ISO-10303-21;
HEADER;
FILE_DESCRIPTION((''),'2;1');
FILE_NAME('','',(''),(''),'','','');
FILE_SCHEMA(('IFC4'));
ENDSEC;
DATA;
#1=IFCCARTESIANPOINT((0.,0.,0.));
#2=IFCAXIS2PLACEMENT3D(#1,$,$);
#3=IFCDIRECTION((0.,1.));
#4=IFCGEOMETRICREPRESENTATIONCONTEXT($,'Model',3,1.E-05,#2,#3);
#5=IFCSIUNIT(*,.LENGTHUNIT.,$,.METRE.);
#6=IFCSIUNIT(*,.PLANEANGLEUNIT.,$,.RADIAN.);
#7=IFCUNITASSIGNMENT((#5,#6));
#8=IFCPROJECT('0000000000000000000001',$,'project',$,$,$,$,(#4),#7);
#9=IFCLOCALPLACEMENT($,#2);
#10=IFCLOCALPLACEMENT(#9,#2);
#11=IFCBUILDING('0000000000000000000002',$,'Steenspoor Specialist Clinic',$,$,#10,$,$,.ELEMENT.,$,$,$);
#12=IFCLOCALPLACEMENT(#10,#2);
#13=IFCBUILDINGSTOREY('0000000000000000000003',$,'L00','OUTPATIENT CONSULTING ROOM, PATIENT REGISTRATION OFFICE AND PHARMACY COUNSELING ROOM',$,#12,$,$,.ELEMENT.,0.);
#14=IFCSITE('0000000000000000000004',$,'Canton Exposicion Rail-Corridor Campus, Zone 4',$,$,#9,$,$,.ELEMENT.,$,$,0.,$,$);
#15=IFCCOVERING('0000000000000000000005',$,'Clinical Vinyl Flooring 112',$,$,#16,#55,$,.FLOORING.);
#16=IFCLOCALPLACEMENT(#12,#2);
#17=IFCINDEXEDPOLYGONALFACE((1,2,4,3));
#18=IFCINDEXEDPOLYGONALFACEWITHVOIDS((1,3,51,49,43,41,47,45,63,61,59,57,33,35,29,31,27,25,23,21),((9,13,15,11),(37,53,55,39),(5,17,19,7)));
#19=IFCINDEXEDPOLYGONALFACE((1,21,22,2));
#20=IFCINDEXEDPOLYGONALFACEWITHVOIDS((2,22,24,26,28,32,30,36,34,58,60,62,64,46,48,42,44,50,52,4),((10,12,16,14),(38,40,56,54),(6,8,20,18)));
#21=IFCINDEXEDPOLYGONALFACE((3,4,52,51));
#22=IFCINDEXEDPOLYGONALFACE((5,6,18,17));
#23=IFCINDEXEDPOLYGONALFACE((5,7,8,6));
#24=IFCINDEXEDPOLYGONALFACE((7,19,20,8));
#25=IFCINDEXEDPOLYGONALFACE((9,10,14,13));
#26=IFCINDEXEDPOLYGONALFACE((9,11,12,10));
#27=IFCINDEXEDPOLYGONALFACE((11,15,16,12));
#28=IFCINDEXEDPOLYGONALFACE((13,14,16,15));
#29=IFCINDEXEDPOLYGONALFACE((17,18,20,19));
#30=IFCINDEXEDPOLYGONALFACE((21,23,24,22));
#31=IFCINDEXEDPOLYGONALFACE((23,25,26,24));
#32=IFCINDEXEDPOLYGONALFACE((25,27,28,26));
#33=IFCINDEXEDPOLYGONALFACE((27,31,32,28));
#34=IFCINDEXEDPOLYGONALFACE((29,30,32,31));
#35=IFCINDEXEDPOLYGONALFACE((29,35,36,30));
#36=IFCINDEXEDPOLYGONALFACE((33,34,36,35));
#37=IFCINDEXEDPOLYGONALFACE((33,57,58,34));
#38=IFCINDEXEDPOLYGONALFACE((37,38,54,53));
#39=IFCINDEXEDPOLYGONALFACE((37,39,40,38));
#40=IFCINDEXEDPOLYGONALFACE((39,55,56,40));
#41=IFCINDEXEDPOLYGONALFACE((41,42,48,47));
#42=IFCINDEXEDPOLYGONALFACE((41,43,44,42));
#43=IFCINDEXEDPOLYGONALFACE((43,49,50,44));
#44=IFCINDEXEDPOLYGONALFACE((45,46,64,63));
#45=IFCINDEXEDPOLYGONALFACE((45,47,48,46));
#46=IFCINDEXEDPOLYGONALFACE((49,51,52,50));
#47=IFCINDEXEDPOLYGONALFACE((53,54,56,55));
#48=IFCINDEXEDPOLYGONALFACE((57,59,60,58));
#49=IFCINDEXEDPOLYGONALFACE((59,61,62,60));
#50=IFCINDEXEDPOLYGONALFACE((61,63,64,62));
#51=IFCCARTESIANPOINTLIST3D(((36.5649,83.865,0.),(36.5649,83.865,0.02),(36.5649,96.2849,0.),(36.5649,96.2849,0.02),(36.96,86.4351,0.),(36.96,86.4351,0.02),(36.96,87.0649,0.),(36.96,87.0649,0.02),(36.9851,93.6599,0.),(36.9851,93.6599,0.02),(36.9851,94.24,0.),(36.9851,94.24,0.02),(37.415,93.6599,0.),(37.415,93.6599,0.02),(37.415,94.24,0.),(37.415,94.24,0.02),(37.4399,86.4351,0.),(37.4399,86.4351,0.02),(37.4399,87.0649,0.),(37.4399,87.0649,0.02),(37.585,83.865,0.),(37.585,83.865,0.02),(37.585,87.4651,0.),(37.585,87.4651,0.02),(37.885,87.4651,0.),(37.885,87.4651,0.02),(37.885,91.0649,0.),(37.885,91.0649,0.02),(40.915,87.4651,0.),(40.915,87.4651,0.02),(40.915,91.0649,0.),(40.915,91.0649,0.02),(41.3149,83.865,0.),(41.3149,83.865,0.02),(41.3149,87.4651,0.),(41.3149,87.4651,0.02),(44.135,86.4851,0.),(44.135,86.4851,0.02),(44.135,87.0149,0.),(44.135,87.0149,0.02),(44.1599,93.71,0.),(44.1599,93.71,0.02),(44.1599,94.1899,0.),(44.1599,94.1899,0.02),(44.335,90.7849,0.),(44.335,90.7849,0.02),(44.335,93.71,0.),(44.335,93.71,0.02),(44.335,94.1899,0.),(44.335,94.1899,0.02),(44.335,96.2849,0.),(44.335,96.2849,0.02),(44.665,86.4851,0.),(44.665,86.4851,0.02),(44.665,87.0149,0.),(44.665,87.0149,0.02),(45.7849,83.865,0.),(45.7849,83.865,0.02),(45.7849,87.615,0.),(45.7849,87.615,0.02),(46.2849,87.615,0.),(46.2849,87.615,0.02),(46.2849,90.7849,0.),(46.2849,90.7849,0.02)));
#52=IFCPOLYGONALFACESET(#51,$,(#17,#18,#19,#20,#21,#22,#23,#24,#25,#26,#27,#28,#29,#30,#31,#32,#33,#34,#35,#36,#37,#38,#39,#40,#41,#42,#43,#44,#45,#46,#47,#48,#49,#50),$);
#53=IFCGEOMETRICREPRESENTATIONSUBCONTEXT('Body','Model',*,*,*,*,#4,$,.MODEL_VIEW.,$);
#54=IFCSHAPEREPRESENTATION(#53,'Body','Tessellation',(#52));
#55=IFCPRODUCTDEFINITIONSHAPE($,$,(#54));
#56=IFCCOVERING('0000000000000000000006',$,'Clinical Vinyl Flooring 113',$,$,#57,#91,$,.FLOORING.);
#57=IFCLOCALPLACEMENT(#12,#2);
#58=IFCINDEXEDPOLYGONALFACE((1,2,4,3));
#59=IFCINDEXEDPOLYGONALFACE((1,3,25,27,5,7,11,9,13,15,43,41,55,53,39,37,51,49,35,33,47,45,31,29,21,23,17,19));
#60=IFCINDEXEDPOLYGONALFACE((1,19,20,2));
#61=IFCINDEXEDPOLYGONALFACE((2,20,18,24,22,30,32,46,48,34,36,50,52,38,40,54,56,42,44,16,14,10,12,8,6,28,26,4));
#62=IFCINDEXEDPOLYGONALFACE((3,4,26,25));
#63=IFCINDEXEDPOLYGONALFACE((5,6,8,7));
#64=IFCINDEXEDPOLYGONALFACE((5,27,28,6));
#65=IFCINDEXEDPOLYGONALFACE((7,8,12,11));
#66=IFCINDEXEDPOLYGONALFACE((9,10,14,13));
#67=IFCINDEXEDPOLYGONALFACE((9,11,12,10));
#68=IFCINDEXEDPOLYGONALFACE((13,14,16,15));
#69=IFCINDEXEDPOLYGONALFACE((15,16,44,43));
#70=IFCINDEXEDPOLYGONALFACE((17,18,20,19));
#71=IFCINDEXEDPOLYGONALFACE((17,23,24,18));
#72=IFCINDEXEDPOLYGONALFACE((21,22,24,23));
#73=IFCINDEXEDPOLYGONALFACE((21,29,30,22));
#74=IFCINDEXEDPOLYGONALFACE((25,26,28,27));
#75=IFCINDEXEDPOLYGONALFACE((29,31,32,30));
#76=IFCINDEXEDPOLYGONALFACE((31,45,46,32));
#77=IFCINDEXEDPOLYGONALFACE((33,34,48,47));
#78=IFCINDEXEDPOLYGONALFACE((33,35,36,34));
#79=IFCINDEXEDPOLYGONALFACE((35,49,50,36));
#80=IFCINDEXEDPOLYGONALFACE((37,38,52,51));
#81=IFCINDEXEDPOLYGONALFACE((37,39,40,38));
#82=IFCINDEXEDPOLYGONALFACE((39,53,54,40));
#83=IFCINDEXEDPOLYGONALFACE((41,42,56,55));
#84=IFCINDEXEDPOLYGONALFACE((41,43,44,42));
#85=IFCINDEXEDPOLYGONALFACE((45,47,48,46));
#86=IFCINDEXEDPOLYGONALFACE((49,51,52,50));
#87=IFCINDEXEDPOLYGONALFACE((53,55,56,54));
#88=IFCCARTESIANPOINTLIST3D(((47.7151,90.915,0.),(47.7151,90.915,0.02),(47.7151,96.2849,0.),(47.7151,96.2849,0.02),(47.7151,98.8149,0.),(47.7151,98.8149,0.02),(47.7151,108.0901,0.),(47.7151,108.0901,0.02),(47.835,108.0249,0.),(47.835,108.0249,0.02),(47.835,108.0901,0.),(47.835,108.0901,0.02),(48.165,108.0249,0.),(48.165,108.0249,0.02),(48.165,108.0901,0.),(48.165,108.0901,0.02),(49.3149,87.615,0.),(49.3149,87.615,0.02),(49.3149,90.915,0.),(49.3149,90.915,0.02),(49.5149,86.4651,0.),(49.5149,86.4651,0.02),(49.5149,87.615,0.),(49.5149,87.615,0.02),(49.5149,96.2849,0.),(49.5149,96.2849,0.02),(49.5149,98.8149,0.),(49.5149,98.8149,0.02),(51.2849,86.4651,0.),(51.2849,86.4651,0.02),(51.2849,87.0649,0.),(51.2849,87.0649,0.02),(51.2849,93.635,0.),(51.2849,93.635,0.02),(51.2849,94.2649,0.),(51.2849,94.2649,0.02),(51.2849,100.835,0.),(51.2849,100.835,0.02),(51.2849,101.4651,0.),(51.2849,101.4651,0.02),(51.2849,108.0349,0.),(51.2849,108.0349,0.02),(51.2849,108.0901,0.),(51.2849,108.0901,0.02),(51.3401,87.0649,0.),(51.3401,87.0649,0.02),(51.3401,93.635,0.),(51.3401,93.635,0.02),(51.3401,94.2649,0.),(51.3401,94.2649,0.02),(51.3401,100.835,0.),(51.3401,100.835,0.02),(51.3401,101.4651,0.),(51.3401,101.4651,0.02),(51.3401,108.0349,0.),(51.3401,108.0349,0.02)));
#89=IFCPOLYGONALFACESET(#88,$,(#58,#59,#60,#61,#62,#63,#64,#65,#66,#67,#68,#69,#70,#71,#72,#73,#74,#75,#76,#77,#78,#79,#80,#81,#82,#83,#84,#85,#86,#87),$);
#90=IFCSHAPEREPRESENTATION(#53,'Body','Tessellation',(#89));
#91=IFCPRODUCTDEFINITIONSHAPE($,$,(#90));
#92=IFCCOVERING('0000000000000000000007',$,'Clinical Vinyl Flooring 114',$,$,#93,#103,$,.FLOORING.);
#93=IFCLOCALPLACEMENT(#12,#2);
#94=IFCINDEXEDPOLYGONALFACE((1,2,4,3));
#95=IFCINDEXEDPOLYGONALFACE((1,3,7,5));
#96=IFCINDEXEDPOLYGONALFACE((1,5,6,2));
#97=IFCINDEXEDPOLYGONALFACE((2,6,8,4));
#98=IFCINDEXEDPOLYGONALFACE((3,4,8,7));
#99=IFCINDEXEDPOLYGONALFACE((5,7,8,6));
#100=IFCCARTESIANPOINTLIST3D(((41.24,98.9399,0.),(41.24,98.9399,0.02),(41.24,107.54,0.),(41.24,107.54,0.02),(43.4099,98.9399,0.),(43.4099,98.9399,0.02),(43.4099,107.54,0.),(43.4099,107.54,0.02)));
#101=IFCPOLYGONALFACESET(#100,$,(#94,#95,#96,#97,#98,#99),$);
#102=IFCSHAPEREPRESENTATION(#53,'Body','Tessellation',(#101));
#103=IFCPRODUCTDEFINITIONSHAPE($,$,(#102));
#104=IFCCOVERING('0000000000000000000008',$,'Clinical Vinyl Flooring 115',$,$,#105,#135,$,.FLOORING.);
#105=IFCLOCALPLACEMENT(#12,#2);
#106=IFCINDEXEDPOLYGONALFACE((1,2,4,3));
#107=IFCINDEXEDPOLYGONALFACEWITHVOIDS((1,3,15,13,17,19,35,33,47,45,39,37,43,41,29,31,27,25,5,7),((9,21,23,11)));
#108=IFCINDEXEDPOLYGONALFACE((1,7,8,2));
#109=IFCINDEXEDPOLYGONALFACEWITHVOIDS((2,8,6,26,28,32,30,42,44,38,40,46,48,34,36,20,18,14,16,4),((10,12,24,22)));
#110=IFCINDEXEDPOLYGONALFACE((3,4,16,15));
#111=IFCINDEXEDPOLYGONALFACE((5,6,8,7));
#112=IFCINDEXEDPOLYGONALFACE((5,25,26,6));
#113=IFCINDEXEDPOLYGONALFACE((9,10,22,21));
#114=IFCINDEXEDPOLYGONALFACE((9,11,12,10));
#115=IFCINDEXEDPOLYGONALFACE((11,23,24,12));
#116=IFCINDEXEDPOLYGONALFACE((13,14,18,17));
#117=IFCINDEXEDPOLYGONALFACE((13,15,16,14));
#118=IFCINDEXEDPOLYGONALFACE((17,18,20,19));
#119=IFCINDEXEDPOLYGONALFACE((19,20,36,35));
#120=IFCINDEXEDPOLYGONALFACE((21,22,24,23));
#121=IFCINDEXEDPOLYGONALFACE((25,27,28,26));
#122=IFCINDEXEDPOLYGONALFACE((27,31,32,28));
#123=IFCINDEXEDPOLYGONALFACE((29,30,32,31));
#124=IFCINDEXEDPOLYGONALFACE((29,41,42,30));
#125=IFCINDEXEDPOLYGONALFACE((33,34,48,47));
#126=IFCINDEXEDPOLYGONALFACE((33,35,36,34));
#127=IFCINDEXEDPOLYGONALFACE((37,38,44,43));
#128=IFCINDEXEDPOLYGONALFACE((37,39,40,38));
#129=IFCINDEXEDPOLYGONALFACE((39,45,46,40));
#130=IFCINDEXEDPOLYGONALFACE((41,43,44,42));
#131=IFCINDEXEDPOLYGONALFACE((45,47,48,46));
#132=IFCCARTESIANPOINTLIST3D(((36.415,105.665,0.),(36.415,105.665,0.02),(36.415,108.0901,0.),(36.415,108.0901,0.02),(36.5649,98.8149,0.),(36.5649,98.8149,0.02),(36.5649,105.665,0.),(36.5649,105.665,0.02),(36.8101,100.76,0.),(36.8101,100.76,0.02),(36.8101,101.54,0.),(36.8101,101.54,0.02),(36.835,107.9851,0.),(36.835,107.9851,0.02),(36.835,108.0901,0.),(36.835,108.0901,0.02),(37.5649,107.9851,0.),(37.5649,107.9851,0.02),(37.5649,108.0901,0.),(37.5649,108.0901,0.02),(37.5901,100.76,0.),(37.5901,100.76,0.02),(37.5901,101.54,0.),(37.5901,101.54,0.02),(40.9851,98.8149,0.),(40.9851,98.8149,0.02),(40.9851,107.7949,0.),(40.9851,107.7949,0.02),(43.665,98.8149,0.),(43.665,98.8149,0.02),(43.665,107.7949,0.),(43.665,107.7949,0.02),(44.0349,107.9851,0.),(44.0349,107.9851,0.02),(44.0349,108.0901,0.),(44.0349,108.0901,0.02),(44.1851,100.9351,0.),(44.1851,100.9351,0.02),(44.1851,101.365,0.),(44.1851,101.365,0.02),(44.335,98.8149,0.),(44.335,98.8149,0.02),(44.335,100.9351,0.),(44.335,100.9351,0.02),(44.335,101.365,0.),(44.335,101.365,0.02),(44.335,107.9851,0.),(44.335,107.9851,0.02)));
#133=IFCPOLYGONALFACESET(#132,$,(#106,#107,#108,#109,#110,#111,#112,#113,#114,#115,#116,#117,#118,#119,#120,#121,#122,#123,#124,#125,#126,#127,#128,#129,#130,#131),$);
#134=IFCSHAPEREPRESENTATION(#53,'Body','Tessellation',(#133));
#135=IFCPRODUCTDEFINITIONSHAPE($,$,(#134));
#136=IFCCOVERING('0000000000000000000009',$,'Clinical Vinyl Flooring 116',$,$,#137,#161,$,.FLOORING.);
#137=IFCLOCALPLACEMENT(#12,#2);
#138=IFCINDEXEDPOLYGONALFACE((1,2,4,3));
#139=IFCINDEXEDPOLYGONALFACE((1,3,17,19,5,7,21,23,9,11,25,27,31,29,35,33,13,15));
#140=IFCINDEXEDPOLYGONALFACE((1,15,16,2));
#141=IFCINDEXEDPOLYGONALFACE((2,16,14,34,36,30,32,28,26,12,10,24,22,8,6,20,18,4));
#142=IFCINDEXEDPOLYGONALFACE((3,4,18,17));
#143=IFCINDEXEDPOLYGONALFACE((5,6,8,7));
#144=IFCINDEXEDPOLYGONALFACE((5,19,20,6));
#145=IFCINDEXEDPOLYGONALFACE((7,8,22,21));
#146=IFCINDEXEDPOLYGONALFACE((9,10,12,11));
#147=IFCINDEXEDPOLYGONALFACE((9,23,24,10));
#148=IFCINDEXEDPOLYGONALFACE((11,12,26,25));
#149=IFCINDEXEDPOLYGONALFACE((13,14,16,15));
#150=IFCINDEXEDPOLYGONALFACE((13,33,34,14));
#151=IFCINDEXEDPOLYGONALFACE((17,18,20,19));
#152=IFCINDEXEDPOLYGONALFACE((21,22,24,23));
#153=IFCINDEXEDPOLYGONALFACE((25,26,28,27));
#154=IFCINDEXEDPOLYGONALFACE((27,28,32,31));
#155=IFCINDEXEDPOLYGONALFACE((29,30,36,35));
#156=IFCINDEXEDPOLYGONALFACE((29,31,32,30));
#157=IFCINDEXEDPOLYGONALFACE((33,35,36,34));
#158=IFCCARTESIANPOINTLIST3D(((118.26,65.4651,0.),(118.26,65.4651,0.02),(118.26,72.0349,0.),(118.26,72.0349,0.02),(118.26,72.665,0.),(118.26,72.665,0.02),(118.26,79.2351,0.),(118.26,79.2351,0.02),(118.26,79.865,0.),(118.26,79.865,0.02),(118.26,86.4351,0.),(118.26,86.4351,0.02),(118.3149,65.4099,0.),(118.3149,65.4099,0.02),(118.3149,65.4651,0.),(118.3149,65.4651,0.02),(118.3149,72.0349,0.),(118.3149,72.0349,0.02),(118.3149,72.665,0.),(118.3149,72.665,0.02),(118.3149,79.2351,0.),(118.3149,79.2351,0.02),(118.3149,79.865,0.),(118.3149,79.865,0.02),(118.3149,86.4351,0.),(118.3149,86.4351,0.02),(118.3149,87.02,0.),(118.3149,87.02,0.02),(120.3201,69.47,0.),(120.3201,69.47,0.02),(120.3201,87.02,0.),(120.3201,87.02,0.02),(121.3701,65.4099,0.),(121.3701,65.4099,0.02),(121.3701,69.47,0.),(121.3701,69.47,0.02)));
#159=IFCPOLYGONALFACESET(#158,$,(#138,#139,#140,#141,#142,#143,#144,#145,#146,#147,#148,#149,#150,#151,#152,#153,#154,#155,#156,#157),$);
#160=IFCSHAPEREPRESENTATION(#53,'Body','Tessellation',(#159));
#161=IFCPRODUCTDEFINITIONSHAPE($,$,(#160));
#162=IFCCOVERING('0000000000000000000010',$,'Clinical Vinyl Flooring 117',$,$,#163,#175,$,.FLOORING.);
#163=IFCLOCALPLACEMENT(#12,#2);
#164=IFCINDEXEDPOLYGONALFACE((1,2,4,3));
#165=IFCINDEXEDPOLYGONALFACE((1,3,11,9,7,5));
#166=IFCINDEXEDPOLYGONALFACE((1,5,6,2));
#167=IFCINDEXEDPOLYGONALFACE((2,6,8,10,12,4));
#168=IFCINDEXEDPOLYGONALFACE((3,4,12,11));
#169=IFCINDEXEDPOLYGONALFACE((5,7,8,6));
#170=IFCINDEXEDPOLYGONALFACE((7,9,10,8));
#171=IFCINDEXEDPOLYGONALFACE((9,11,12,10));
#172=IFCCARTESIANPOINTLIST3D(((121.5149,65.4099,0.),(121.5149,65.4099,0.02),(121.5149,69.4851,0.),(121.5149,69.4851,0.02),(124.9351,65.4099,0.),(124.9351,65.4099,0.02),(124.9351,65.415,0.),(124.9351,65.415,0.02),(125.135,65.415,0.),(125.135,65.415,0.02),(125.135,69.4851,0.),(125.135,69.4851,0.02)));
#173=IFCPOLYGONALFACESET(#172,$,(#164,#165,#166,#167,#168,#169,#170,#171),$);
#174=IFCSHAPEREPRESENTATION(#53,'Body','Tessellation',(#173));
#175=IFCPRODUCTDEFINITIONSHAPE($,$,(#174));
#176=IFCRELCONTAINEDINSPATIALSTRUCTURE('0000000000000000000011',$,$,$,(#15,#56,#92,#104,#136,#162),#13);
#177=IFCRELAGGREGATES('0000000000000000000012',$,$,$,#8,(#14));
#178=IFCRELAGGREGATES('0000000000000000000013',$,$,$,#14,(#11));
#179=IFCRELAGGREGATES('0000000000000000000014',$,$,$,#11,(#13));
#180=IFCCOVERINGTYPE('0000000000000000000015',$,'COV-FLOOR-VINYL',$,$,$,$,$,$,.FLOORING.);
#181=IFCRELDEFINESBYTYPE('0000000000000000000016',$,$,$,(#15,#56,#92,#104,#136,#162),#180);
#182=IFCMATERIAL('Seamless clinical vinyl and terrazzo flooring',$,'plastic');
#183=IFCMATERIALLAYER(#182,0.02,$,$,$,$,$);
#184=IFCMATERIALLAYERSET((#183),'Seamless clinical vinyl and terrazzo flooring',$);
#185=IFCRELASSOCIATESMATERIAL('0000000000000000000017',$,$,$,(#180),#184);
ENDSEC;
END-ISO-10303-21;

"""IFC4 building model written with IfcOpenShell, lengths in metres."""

from ifc_helpers import new_model, si_unit, direction, origin, place, context, subcontext, project, spatial, polyline, outline, extrude, material, layer, layer_set, type_object, element, save


model = new_model("IFC4")

# Units and contexts
model_context = context("Model", 3, precision=1e-05, world=origin(), true_north=direction((0.0, 1.0)))
body_context = subcontext(model_context, "Body", "Model", "MODEL_VIEW")
ifc_project = project(units=[si_unit("LENGTHUNIT", "METRE"), si_unit("PLANEANGLEUNIT", "RADIAN")], contexts=[model_context])

# Site, building, storey
site_placement = place(None, origin())
site = spatial("IfcSite", under=ifc_project, at=site_placement, Name="Canton Exposicion Rail-Corridor Campus, Zone 4", CompositionType="ELEMENT", RefElevation=0.0)
building_placement = place(site_placement, origin())
building = spatial("IfcBuilding", under=site, at=building_placement, Name="Steenspoor Specialist Clinic", CompositionType="ELEMENT")
storey_placement = place(building_placement, origin())
storey = spatial("IfcBuildingStorey", under=building, at=storey_placement, Name="L00", Description="OUTPATIENT CONSULTING ROOM, PATIENT REGISTRATION OFFICE AND PHARMACY COUNSELING ROOM", CompositionType="ELEMENT", Elevation=0.0)

# Coverings
ifc_material_1 = material(Name="Seamless clinical vinyl and terrazzo flooring", Category="plastic")
ifc_layer_1 = layer(ifc_material_1, 0.02)
ifc_layer_set_1 = layer_set([ifc_layer_1], Name="Seamless clinical vinyl and terrazzo flooring")
covering_type_1 = type_object("IfcCoveringType", Name="COV-FLOOR-VINYL", PredefinedType="FLOORING", material=ifc_layer_set_1)
covering_1_placement = place(storey_placement, origin())
element("IfcCovering", 1, at=covering_1_placement, inside=storey, type_object=covering_type_1, Name="Clinical Vinyl Flooring 112", PredefinedType="FLOORING", context=body_context, shape_type="SweptSolid", body=[
    extrude(outline(polyline([(40.915, 87.4651), (40.915, 91.0649), (37.885, 91.0649), (37.885, 87.4651), (37.585, 87.4651), (37.585, 83.865), (36.5649, 83.865), (36.5649, 96.2849), (44.335, 96.2849), (44.335, 94.1899), (44.1599, 94.1899), (44.1599, 93.71), (44.335, 93.71), (44.335, 90.7849), (46.2849, 90.7849), (46.2849, 87.615), (45.7849, 87.615), (45.7849, 83.865), (41.3149, 83.865), (41.3149, 87.4651), (40.915, 87.4651)]), holes=[polyline([(37.4399, 87.0649), (36.96, 87.0649), (36.96, 86.4351), (37.4399, 86.4351), (37.4399, 87.0649)]), polyline([(44.665, 86.4851), (44.665, 87.0149), (44.135, 87.0149), (44.135, 86.4851), (44.665, 86.4851)]), polyline([(37.415, 94.24), (36.9851, 94.24), (36.9851, 93.6599), (37.415, 93.6599), (37.415, 94.24)])]), origin(), (0.0, 0.0, 1.0), 0.02),
])
covering_2_placement = place(storey_placement, origin())
element("IfcCovering", 2, at=covering_2_placement, inside=storey, type_object=covering_type_1, Name="Clinical Vinyl Flooring 113", PredefinedType="FLOORING", context=body_context, shape_type="SweptSolid", body=[
    extrude(outline(polyline([(47.7151, 90.915), (47.7151, 96.2849), (49.5149, 96.2849), (49.5149, 98.8149), (47.7151, 98.8149), (47.7151, 108.0901), (47.835, 108.0901), (47.835, 108.0249), (48.165, 108.0249), (48.165, 108.0901), (51.2849, 108.0901), (51.2849, 108.0349), (51.3401, 108.0349), (51.3401, 101.4651), (51.2849, 101.4651), (51.2849, 100.835), (51.3401, 100.835), (51.3401, 94.2649), (51.2849, 94.2649), (51.2849, 93.635), (51.3401, 93.635), (51.3401, 87.0649), (51.2849, 87.0649), (51.2849, 86.4651), (49.5149, 86.4651), (49.5149, 87.615), (49.3149, 87.615), (49.3149, 90.915), (47.7151, 90.915)])), origin(), (0.0, 0.0, 1.0), 0.02),
])
covering_3_placement = place(storey_placement, origin())
element("IfcCovering", 3, at=covering_3_placement, inside=storey, type_object=covering_type_1, Name="Clinical Vinyl Flooring 114", PredefinedType="FLOORING", context=body_context, shape_type="SweptSolid", body=[
    extrude(outline(polyline([(43.4099, 107.54), (43.4099, 98.9399), (41.24, 98.9399), (41.24, 107.54), (43.4099, 107.54)])), origin(), (0.0, 0.0, 1.0), 0.02),
])
covering_4_placement = place(storey_placement, origin())
element("IfcCovering", 4, at=covering_4_placement, inside=storey, type_object=covering_type_1, Name="Clinical Vinyl Flooring 115", PredefinedType="FLOORING", context=body_context, shape_type="SweptSolid", body=[
    extrude(outline(polyline([(43.665, 98.8149), (43.665, 107.7949), (40.9851, 107.7949), (40.9851, 98.8149), (36.5649, 98.8149), (36.5649, 105.665), (36.415, 105.665), (36.415, 108.0901), (36.835, 108.0901), (36.835, 107.9851), (37.5649, 107.9851), (37.5649, 108.0901), (44.0349, 108.0901), (44.0349, 107.9851), (44.335, 107.9851), (44.335, 101.365), (44.1851, 101.365), (44.1851, 100.9351), (44.335, 100.9351), (44.335, 98.8149), (43.665, 98.8149)]), holes=[polyline([(37.5901, 101.54), (36.8101, 101.54), (36.8101, 100.76), (37.5901, 100.76), (37.5901, 101.54)])]), origin(), (0.0, 0.0, 1.0), 0.02),
])
covering_5_placement = place(storey_placement, origin())
element("IfcCovering", 5, at=covering_5_placement, inside=storey, type_object=covering_type_1, Name="Clinical Vinyl Flooring 116", PredefinedType="FLOORING", context=body_context, shape_type="SweptSolid", body=[
    extrude(outline(polyline([(118.3149, 65.4099), (118.3149, 65.4651), (118.26, 65.4651), (118.26, 72.0349), (118.3149, 72.0349), (118.3149, 72.665), (118.26, 72.665), (118.26, 79.2351), (118.3149, 79.2351), (118.3149, 79.865), (118.26, 79.865), (118.26, 86.4351), (118.3149, 86.4351), (118.3149, 87.02), (120.3201, 87.02), (120.3201, 69.47), (121.3701, 69.47), (121.3701, 65.4099), (118.3149, 65.4099)])), origin(), (0.0, 0.0, 1.0), 0.02),
])
covering_6_placement = place(storey_placement, origin())
element("IfcCovering", 6, at=covering_6_placement, inside=storey, type_object=covering_type_1, Name="Clinical Vinyl Flooring 117", PredefinedType="FLOORING", context=body_context, shape_type="SweptSolid", body=[
    extrude(outline(polyline([(125.135, 69.4851), (125.135, 65.415), (124.9351, 65.415), (124.9351, 65.4099), (121.5149, 65.4099), (121.5149, 69.4851), (125.135, 69.4851)])), origin(), (0.0, 0.0, 1.0), 0.02),
])

save(model, "model.ifc")
